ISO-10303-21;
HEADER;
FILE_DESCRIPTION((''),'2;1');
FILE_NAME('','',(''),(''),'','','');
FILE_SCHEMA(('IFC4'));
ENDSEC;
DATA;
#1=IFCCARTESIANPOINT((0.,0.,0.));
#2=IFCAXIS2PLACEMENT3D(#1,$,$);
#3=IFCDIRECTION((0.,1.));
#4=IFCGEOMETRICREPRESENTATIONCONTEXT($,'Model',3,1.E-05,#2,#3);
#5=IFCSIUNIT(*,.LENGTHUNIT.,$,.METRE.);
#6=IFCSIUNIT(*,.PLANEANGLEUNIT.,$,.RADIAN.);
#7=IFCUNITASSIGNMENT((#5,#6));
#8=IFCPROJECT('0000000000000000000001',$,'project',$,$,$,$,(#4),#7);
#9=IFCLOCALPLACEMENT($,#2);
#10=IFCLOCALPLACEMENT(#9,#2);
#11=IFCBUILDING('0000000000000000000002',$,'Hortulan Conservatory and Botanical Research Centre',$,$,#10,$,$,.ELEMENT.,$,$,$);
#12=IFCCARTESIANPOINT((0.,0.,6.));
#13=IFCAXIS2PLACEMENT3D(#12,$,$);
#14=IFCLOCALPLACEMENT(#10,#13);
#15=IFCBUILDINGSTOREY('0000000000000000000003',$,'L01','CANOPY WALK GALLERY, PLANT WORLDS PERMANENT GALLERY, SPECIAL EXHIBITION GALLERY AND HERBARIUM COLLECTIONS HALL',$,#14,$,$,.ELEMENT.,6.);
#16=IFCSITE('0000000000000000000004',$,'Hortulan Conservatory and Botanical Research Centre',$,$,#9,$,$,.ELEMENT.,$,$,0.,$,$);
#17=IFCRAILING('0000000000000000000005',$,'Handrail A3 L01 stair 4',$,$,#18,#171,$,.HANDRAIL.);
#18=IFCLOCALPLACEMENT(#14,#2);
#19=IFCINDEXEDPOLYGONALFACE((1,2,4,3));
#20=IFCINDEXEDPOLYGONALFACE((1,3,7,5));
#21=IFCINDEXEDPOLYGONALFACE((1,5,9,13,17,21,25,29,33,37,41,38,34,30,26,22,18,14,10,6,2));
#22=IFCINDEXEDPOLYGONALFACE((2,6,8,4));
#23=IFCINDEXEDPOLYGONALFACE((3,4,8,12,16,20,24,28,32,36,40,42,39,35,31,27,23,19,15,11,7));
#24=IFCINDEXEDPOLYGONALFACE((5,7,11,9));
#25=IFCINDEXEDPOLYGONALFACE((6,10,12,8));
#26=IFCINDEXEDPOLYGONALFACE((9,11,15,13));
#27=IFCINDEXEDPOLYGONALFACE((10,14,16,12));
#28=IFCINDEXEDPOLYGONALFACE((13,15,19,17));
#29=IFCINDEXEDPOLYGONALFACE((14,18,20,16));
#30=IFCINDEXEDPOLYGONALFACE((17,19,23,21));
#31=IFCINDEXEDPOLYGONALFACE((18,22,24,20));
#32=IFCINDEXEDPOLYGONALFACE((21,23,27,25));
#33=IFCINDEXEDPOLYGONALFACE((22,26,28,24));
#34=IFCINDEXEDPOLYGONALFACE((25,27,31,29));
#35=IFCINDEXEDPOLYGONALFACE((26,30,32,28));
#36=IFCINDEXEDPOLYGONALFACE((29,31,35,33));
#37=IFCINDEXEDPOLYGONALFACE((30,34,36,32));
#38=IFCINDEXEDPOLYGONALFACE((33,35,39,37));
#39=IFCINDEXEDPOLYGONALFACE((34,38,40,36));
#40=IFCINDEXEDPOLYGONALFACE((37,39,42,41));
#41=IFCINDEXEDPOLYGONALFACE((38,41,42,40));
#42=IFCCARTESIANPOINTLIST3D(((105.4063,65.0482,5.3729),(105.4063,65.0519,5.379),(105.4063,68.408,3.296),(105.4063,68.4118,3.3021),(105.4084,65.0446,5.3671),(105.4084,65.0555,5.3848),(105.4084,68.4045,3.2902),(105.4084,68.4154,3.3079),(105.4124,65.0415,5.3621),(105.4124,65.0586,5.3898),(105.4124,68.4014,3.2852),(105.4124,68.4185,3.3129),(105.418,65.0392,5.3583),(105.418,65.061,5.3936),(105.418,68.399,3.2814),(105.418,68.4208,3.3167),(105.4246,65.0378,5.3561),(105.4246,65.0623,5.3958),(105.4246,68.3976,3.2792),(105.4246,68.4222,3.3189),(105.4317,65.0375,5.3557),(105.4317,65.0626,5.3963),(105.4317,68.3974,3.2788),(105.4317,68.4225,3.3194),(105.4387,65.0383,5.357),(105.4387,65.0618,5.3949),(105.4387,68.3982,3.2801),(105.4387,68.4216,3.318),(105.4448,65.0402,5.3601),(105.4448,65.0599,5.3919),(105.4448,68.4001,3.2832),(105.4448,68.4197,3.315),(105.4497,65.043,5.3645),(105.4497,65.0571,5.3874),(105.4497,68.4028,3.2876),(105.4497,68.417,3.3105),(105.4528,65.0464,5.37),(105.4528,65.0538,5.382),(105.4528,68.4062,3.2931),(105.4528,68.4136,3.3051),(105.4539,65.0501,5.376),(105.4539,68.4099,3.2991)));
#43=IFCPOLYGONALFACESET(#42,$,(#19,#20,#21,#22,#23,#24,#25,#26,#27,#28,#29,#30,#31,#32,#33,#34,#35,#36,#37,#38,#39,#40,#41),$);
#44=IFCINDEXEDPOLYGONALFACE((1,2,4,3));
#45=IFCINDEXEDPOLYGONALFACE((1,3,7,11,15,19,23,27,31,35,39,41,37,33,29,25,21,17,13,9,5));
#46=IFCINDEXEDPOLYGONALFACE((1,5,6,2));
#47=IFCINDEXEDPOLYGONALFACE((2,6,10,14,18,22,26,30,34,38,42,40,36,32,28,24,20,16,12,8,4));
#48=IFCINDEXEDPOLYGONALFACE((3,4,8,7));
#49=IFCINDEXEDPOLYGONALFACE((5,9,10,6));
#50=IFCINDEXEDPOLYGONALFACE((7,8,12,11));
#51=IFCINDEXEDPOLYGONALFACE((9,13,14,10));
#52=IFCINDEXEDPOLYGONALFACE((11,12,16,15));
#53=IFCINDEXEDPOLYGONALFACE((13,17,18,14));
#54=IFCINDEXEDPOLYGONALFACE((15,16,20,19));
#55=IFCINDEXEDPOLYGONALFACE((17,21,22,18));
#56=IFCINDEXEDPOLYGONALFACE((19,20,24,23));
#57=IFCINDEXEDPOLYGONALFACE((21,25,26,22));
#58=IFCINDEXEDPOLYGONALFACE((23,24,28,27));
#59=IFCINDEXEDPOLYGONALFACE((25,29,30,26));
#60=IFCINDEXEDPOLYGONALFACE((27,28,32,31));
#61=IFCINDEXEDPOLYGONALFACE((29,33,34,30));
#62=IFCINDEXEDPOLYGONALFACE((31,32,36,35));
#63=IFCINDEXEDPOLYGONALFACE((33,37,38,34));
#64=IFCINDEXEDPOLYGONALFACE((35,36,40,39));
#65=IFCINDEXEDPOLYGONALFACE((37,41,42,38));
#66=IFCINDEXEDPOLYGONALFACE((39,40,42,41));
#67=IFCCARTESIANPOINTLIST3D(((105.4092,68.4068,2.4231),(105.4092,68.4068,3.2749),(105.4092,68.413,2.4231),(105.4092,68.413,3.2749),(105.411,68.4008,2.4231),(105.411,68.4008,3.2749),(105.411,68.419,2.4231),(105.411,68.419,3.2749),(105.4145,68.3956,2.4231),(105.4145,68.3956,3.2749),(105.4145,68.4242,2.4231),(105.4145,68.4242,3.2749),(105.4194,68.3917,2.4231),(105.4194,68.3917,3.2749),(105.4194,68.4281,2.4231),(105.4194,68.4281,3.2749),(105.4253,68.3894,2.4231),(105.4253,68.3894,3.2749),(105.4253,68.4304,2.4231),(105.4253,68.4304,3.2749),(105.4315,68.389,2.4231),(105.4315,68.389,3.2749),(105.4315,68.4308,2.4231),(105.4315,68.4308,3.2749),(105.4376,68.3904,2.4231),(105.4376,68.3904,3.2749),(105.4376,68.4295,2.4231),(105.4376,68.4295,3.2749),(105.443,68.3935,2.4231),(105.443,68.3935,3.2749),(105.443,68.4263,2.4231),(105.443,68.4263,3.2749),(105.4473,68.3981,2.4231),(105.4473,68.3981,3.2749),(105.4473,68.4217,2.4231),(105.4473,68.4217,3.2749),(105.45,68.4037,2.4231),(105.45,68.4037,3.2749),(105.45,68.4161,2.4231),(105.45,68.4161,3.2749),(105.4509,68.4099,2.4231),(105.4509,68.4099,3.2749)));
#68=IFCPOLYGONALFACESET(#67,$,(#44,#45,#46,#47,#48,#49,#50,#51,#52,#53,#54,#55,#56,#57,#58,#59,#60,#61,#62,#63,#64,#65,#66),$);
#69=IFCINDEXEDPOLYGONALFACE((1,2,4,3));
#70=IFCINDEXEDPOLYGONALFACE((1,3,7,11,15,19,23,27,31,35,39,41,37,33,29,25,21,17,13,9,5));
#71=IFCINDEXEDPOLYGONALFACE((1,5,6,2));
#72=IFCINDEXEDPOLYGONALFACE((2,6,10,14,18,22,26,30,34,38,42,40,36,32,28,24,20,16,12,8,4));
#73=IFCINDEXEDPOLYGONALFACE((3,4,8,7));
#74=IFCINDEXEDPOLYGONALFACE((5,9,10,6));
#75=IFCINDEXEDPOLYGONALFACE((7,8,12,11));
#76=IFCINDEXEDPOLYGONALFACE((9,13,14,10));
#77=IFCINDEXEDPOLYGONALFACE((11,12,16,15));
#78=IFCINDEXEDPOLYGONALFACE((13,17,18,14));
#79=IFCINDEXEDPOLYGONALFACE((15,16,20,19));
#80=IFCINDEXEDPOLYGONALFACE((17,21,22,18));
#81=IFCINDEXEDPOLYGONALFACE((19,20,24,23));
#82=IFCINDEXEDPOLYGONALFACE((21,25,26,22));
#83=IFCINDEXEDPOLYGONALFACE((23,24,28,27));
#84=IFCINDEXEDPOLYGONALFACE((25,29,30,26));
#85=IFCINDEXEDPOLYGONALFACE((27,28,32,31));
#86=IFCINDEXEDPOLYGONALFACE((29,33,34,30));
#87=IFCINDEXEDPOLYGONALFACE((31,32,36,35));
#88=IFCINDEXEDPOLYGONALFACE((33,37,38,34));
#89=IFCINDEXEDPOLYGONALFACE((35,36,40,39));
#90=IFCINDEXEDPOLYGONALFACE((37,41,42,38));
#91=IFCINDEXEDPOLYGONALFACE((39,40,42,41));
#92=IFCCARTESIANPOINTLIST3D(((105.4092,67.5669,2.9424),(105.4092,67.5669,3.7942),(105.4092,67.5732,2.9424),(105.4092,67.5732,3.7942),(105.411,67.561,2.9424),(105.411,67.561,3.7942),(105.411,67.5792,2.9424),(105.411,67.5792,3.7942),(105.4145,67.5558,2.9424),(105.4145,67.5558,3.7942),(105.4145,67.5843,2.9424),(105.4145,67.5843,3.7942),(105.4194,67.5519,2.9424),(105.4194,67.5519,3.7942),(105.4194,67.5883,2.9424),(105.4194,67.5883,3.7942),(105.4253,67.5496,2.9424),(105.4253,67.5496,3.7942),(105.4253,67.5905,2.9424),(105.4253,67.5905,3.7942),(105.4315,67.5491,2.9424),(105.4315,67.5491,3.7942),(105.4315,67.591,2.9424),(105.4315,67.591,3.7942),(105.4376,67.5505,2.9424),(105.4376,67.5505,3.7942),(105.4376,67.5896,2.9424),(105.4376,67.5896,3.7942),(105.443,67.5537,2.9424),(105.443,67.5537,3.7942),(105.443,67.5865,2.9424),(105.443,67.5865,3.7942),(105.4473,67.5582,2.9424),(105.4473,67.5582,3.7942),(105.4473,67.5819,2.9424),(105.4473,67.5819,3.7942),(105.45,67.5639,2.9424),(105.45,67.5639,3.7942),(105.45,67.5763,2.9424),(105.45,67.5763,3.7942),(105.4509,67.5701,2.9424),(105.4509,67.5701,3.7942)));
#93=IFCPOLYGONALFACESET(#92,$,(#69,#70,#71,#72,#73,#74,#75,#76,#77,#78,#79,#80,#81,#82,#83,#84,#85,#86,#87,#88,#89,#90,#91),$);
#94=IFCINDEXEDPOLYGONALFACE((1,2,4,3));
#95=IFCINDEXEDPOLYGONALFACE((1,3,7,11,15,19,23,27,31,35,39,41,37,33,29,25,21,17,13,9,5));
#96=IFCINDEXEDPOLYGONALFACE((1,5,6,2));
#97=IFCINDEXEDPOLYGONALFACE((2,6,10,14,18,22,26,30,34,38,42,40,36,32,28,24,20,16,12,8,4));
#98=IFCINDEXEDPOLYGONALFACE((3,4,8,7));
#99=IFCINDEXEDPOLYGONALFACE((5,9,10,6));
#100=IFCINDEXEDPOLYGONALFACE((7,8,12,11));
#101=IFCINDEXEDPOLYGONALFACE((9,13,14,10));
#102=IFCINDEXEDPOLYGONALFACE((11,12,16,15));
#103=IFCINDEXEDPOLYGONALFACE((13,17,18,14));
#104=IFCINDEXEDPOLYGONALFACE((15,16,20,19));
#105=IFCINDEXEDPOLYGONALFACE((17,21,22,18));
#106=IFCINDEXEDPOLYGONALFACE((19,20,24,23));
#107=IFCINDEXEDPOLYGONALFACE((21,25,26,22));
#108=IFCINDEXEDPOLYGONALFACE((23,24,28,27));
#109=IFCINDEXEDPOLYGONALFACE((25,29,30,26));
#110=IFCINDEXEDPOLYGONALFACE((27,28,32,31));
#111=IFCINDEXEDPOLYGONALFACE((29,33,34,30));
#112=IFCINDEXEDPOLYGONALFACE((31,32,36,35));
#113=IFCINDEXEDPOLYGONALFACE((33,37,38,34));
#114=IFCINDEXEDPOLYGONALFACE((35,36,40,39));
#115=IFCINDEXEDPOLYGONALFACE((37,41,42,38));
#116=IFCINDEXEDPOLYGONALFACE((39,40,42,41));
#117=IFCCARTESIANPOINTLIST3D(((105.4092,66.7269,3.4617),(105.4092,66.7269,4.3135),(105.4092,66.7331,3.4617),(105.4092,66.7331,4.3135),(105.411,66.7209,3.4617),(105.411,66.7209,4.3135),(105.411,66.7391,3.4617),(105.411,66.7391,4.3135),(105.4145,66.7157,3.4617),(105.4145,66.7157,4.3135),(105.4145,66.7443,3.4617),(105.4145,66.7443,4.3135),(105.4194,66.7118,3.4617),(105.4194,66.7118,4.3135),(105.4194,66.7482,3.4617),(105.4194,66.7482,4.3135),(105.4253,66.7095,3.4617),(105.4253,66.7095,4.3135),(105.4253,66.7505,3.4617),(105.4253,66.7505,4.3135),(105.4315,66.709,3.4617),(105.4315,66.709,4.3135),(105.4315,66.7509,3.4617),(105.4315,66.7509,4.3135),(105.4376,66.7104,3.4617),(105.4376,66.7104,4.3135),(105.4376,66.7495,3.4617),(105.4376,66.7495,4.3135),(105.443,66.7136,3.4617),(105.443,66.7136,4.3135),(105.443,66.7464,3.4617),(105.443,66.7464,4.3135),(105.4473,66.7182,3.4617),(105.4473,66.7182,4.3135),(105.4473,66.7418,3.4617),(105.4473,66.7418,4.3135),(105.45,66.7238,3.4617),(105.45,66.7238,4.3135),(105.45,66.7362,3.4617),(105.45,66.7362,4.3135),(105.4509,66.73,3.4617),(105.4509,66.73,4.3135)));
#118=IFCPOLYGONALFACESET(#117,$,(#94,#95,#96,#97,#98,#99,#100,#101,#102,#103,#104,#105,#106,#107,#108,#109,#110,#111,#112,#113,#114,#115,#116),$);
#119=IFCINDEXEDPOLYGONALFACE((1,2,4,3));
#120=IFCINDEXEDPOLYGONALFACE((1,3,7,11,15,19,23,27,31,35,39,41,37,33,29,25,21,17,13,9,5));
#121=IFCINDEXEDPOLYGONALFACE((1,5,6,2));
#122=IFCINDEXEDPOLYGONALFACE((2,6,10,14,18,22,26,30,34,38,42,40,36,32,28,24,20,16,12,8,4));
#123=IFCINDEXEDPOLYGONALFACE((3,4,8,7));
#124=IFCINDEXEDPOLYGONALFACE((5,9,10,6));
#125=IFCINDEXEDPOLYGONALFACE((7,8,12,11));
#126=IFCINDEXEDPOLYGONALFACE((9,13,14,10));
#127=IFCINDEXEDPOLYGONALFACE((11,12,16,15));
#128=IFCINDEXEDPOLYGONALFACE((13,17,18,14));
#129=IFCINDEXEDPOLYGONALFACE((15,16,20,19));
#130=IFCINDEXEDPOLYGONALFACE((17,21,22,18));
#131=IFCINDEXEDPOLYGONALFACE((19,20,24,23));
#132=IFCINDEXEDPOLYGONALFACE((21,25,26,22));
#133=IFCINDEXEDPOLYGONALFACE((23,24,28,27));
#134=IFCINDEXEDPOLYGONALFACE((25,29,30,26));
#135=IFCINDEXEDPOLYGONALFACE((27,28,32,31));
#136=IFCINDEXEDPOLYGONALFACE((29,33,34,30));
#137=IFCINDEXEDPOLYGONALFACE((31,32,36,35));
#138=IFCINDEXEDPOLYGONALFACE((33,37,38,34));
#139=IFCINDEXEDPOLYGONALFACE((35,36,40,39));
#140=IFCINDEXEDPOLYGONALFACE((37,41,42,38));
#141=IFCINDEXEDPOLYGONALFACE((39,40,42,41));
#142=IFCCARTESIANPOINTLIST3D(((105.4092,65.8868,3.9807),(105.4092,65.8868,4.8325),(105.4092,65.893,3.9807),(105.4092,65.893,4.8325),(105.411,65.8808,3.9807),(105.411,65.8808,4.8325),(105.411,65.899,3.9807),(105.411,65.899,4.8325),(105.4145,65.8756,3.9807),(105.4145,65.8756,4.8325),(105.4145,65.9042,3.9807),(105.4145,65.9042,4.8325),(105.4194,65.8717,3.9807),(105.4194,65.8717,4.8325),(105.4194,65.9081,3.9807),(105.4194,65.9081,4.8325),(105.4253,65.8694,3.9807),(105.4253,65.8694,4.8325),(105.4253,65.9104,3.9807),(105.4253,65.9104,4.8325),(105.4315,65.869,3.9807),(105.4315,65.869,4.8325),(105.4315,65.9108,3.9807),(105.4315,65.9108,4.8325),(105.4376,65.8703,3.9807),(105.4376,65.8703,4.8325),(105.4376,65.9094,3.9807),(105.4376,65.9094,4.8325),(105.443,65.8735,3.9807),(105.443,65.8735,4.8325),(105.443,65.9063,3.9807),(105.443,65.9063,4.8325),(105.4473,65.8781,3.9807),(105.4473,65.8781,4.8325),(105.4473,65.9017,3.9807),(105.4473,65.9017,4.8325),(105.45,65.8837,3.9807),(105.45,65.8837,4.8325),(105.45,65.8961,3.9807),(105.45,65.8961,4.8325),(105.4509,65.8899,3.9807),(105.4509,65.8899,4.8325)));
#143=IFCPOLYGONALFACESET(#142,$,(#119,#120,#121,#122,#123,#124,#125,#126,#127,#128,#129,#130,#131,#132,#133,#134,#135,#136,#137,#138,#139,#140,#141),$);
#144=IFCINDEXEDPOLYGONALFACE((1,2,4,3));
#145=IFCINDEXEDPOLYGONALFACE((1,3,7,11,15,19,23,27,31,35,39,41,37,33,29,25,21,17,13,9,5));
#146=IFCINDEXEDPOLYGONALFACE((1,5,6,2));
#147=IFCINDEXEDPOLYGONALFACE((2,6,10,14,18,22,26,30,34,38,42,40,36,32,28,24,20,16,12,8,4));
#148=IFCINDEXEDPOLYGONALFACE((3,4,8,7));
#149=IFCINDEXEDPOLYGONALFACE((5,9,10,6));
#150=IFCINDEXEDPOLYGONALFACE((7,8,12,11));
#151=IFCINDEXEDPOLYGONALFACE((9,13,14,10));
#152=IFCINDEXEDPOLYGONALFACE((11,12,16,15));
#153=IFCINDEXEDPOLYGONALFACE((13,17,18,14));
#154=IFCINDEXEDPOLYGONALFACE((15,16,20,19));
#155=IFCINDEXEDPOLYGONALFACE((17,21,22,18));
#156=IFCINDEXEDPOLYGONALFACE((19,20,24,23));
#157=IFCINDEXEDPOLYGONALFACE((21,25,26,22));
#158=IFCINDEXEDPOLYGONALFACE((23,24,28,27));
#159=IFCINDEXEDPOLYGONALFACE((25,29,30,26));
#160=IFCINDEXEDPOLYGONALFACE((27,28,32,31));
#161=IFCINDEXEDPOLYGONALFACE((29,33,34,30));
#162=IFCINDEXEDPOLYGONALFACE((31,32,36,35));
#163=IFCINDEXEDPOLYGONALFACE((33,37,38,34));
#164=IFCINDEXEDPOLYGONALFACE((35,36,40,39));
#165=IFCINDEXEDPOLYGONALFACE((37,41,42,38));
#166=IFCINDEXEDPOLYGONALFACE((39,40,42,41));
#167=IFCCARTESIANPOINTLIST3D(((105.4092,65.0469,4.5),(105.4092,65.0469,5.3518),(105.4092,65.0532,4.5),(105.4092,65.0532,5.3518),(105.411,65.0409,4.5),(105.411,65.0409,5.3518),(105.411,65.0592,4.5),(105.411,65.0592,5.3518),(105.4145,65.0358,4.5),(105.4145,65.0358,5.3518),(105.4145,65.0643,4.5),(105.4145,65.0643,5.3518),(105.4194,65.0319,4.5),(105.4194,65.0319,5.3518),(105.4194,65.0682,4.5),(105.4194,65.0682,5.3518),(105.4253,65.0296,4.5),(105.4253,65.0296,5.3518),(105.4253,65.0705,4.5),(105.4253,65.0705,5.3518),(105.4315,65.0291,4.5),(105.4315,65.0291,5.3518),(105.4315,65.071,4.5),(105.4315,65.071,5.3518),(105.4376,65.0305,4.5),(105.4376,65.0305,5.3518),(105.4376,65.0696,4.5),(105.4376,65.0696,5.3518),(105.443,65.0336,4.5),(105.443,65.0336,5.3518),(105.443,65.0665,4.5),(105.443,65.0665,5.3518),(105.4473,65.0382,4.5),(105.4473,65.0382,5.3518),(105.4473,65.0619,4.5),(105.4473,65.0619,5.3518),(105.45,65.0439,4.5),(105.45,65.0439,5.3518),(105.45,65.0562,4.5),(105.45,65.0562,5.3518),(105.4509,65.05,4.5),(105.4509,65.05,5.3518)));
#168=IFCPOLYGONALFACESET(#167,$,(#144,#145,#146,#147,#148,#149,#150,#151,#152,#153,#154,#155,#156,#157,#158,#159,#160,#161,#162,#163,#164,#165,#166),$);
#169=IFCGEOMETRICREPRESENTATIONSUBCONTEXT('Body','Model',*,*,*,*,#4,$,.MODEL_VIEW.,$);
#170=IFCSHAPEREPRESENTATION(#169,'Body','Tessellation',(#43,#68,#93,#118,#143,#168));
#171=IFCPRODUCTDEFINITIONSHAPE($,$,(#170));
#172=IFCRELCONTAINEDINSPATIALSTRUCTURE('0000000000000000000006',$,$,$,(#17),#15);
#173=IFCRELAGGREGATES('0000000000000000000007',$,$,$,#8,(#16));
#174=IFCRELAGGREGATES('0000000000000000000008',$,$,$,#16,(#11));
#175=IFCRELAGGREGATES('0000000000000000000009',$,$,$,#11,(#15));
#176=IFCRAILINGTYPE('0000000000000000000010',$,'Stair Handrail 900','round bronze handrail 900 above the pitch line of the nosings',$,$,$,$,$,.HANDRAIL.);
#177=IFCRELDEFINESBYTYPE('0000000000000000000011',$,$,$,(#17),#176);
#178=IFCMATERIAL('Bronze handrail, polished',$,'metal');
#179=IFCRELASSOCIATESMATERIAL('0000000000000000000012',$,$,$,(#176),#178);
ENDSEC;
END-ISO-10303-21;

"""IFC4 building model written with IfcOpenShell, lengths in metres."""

from ifc_helpers import new_model, si_unit, direction, frame, origin, origin_2d, place, context, subcontext, project, spatial, circle, extrude, material, type_object, element, save


model = new_model("IFC4")

# Units and contexts
model_context = context("Model", 3, precision=1e-05, world=origin(), true_north=direction((0.0, 1.0)))
body_context = subcontext(model_context, "Body", "Model", "MODEL_VIEW")
ifc_project = project(units=[si_unit("LENGTHUNIT", "METRE"), si_unit("PLANEANGLEUNIT", "RADIAN")], contexts=[model_context])

# Site, building, storey
site_placement = place(None, origin())
site = spatial("IfcSite", under=ifc_project, at=site_placement, Name="Hortulan Conservatory and Botanical Research Centre", CompositionType="ELEMENT", RefElevation=0.0)
building_placement = place(site_placement, origin())
building = spatial("IfcBuilding", under=site, at=building_placement, Name="Hortulan Conservatory and Botanical Research Centre", CompositionType="ELEMENT")
storey_placement = place(building_placement, frame((0.0, 0.0, 6.0)))
storey = spatial("IfcBuildingStorey", under=building, at=storey_placement, Name="L01", Description="CANOPY WALK GALLERY, PLANT WORLDS PERMANENT GALLERY, SPECIAL EXHIBITION GALLERY AND HERBARIUM COLLECTIONS HALL", CompositionType="ELEMENT", Elevation=6.0)

# Railing
ifc_material_1 = material(Name="Bronze handrail, polished", Category="metal")
railing_type_1 = type_object("IfcRailingType", Name="Stair Handrail 900", Description="round bronze handrail 900 above the pitch line of the nosings", PredefinedType="HANDRAIL", material=ifc_material_1)
railing_1_placement = place(storey_placement, frame((105.4299, 68.4099, 2.4231)))
element("IfcRailing", 1, at=railing_1_placement, inside=storey, type_object=railing_type_1, Name="Handrail A3 L01 stair 4", PredefinedType="HANDRAIL", context=body_context, shape_type="SweptSolid", body=[
    extrude(circle(Radius=0.0239, at=origin_2d()), frame((0.0, 0.0, 0.876), z_axis=(0.0, -0.850606, 0.525803), x_axis=(1.0, 0.0, 0.0)), (0.0, 0.0, 1.0), 3.95),
    extrude(circle(Radius=0.021, at=origin_2d()), origin(), (0.0, 0.0, 1.0), 0.8518),
    extrude(circle(Radius=0.021, at=origin_2d()), frame((0.0, -0.8398, 0.5193)), (0.0, 0.0, 1.0), 0.8518),
    extrude(circle(Radius=0.021, at=origin_2d()), frame((0.0, -1.6799, 1.0386)), (0.0, 0.0, 1.0), 0.8518),
    extrude(circle(Radius=0.021, at=origin_2d()), frame((0.0, -2.52, 1.5576)), (0.0, 0.0, 1.0), 0.8518),
    extrude(circle(Radius=0.021, at=origin_2d()), frame((0.0, -3.3599, 2.0769)), (0.0, 0.0, 1.0), 0.8518),
])

save(model, "model.ifc")
